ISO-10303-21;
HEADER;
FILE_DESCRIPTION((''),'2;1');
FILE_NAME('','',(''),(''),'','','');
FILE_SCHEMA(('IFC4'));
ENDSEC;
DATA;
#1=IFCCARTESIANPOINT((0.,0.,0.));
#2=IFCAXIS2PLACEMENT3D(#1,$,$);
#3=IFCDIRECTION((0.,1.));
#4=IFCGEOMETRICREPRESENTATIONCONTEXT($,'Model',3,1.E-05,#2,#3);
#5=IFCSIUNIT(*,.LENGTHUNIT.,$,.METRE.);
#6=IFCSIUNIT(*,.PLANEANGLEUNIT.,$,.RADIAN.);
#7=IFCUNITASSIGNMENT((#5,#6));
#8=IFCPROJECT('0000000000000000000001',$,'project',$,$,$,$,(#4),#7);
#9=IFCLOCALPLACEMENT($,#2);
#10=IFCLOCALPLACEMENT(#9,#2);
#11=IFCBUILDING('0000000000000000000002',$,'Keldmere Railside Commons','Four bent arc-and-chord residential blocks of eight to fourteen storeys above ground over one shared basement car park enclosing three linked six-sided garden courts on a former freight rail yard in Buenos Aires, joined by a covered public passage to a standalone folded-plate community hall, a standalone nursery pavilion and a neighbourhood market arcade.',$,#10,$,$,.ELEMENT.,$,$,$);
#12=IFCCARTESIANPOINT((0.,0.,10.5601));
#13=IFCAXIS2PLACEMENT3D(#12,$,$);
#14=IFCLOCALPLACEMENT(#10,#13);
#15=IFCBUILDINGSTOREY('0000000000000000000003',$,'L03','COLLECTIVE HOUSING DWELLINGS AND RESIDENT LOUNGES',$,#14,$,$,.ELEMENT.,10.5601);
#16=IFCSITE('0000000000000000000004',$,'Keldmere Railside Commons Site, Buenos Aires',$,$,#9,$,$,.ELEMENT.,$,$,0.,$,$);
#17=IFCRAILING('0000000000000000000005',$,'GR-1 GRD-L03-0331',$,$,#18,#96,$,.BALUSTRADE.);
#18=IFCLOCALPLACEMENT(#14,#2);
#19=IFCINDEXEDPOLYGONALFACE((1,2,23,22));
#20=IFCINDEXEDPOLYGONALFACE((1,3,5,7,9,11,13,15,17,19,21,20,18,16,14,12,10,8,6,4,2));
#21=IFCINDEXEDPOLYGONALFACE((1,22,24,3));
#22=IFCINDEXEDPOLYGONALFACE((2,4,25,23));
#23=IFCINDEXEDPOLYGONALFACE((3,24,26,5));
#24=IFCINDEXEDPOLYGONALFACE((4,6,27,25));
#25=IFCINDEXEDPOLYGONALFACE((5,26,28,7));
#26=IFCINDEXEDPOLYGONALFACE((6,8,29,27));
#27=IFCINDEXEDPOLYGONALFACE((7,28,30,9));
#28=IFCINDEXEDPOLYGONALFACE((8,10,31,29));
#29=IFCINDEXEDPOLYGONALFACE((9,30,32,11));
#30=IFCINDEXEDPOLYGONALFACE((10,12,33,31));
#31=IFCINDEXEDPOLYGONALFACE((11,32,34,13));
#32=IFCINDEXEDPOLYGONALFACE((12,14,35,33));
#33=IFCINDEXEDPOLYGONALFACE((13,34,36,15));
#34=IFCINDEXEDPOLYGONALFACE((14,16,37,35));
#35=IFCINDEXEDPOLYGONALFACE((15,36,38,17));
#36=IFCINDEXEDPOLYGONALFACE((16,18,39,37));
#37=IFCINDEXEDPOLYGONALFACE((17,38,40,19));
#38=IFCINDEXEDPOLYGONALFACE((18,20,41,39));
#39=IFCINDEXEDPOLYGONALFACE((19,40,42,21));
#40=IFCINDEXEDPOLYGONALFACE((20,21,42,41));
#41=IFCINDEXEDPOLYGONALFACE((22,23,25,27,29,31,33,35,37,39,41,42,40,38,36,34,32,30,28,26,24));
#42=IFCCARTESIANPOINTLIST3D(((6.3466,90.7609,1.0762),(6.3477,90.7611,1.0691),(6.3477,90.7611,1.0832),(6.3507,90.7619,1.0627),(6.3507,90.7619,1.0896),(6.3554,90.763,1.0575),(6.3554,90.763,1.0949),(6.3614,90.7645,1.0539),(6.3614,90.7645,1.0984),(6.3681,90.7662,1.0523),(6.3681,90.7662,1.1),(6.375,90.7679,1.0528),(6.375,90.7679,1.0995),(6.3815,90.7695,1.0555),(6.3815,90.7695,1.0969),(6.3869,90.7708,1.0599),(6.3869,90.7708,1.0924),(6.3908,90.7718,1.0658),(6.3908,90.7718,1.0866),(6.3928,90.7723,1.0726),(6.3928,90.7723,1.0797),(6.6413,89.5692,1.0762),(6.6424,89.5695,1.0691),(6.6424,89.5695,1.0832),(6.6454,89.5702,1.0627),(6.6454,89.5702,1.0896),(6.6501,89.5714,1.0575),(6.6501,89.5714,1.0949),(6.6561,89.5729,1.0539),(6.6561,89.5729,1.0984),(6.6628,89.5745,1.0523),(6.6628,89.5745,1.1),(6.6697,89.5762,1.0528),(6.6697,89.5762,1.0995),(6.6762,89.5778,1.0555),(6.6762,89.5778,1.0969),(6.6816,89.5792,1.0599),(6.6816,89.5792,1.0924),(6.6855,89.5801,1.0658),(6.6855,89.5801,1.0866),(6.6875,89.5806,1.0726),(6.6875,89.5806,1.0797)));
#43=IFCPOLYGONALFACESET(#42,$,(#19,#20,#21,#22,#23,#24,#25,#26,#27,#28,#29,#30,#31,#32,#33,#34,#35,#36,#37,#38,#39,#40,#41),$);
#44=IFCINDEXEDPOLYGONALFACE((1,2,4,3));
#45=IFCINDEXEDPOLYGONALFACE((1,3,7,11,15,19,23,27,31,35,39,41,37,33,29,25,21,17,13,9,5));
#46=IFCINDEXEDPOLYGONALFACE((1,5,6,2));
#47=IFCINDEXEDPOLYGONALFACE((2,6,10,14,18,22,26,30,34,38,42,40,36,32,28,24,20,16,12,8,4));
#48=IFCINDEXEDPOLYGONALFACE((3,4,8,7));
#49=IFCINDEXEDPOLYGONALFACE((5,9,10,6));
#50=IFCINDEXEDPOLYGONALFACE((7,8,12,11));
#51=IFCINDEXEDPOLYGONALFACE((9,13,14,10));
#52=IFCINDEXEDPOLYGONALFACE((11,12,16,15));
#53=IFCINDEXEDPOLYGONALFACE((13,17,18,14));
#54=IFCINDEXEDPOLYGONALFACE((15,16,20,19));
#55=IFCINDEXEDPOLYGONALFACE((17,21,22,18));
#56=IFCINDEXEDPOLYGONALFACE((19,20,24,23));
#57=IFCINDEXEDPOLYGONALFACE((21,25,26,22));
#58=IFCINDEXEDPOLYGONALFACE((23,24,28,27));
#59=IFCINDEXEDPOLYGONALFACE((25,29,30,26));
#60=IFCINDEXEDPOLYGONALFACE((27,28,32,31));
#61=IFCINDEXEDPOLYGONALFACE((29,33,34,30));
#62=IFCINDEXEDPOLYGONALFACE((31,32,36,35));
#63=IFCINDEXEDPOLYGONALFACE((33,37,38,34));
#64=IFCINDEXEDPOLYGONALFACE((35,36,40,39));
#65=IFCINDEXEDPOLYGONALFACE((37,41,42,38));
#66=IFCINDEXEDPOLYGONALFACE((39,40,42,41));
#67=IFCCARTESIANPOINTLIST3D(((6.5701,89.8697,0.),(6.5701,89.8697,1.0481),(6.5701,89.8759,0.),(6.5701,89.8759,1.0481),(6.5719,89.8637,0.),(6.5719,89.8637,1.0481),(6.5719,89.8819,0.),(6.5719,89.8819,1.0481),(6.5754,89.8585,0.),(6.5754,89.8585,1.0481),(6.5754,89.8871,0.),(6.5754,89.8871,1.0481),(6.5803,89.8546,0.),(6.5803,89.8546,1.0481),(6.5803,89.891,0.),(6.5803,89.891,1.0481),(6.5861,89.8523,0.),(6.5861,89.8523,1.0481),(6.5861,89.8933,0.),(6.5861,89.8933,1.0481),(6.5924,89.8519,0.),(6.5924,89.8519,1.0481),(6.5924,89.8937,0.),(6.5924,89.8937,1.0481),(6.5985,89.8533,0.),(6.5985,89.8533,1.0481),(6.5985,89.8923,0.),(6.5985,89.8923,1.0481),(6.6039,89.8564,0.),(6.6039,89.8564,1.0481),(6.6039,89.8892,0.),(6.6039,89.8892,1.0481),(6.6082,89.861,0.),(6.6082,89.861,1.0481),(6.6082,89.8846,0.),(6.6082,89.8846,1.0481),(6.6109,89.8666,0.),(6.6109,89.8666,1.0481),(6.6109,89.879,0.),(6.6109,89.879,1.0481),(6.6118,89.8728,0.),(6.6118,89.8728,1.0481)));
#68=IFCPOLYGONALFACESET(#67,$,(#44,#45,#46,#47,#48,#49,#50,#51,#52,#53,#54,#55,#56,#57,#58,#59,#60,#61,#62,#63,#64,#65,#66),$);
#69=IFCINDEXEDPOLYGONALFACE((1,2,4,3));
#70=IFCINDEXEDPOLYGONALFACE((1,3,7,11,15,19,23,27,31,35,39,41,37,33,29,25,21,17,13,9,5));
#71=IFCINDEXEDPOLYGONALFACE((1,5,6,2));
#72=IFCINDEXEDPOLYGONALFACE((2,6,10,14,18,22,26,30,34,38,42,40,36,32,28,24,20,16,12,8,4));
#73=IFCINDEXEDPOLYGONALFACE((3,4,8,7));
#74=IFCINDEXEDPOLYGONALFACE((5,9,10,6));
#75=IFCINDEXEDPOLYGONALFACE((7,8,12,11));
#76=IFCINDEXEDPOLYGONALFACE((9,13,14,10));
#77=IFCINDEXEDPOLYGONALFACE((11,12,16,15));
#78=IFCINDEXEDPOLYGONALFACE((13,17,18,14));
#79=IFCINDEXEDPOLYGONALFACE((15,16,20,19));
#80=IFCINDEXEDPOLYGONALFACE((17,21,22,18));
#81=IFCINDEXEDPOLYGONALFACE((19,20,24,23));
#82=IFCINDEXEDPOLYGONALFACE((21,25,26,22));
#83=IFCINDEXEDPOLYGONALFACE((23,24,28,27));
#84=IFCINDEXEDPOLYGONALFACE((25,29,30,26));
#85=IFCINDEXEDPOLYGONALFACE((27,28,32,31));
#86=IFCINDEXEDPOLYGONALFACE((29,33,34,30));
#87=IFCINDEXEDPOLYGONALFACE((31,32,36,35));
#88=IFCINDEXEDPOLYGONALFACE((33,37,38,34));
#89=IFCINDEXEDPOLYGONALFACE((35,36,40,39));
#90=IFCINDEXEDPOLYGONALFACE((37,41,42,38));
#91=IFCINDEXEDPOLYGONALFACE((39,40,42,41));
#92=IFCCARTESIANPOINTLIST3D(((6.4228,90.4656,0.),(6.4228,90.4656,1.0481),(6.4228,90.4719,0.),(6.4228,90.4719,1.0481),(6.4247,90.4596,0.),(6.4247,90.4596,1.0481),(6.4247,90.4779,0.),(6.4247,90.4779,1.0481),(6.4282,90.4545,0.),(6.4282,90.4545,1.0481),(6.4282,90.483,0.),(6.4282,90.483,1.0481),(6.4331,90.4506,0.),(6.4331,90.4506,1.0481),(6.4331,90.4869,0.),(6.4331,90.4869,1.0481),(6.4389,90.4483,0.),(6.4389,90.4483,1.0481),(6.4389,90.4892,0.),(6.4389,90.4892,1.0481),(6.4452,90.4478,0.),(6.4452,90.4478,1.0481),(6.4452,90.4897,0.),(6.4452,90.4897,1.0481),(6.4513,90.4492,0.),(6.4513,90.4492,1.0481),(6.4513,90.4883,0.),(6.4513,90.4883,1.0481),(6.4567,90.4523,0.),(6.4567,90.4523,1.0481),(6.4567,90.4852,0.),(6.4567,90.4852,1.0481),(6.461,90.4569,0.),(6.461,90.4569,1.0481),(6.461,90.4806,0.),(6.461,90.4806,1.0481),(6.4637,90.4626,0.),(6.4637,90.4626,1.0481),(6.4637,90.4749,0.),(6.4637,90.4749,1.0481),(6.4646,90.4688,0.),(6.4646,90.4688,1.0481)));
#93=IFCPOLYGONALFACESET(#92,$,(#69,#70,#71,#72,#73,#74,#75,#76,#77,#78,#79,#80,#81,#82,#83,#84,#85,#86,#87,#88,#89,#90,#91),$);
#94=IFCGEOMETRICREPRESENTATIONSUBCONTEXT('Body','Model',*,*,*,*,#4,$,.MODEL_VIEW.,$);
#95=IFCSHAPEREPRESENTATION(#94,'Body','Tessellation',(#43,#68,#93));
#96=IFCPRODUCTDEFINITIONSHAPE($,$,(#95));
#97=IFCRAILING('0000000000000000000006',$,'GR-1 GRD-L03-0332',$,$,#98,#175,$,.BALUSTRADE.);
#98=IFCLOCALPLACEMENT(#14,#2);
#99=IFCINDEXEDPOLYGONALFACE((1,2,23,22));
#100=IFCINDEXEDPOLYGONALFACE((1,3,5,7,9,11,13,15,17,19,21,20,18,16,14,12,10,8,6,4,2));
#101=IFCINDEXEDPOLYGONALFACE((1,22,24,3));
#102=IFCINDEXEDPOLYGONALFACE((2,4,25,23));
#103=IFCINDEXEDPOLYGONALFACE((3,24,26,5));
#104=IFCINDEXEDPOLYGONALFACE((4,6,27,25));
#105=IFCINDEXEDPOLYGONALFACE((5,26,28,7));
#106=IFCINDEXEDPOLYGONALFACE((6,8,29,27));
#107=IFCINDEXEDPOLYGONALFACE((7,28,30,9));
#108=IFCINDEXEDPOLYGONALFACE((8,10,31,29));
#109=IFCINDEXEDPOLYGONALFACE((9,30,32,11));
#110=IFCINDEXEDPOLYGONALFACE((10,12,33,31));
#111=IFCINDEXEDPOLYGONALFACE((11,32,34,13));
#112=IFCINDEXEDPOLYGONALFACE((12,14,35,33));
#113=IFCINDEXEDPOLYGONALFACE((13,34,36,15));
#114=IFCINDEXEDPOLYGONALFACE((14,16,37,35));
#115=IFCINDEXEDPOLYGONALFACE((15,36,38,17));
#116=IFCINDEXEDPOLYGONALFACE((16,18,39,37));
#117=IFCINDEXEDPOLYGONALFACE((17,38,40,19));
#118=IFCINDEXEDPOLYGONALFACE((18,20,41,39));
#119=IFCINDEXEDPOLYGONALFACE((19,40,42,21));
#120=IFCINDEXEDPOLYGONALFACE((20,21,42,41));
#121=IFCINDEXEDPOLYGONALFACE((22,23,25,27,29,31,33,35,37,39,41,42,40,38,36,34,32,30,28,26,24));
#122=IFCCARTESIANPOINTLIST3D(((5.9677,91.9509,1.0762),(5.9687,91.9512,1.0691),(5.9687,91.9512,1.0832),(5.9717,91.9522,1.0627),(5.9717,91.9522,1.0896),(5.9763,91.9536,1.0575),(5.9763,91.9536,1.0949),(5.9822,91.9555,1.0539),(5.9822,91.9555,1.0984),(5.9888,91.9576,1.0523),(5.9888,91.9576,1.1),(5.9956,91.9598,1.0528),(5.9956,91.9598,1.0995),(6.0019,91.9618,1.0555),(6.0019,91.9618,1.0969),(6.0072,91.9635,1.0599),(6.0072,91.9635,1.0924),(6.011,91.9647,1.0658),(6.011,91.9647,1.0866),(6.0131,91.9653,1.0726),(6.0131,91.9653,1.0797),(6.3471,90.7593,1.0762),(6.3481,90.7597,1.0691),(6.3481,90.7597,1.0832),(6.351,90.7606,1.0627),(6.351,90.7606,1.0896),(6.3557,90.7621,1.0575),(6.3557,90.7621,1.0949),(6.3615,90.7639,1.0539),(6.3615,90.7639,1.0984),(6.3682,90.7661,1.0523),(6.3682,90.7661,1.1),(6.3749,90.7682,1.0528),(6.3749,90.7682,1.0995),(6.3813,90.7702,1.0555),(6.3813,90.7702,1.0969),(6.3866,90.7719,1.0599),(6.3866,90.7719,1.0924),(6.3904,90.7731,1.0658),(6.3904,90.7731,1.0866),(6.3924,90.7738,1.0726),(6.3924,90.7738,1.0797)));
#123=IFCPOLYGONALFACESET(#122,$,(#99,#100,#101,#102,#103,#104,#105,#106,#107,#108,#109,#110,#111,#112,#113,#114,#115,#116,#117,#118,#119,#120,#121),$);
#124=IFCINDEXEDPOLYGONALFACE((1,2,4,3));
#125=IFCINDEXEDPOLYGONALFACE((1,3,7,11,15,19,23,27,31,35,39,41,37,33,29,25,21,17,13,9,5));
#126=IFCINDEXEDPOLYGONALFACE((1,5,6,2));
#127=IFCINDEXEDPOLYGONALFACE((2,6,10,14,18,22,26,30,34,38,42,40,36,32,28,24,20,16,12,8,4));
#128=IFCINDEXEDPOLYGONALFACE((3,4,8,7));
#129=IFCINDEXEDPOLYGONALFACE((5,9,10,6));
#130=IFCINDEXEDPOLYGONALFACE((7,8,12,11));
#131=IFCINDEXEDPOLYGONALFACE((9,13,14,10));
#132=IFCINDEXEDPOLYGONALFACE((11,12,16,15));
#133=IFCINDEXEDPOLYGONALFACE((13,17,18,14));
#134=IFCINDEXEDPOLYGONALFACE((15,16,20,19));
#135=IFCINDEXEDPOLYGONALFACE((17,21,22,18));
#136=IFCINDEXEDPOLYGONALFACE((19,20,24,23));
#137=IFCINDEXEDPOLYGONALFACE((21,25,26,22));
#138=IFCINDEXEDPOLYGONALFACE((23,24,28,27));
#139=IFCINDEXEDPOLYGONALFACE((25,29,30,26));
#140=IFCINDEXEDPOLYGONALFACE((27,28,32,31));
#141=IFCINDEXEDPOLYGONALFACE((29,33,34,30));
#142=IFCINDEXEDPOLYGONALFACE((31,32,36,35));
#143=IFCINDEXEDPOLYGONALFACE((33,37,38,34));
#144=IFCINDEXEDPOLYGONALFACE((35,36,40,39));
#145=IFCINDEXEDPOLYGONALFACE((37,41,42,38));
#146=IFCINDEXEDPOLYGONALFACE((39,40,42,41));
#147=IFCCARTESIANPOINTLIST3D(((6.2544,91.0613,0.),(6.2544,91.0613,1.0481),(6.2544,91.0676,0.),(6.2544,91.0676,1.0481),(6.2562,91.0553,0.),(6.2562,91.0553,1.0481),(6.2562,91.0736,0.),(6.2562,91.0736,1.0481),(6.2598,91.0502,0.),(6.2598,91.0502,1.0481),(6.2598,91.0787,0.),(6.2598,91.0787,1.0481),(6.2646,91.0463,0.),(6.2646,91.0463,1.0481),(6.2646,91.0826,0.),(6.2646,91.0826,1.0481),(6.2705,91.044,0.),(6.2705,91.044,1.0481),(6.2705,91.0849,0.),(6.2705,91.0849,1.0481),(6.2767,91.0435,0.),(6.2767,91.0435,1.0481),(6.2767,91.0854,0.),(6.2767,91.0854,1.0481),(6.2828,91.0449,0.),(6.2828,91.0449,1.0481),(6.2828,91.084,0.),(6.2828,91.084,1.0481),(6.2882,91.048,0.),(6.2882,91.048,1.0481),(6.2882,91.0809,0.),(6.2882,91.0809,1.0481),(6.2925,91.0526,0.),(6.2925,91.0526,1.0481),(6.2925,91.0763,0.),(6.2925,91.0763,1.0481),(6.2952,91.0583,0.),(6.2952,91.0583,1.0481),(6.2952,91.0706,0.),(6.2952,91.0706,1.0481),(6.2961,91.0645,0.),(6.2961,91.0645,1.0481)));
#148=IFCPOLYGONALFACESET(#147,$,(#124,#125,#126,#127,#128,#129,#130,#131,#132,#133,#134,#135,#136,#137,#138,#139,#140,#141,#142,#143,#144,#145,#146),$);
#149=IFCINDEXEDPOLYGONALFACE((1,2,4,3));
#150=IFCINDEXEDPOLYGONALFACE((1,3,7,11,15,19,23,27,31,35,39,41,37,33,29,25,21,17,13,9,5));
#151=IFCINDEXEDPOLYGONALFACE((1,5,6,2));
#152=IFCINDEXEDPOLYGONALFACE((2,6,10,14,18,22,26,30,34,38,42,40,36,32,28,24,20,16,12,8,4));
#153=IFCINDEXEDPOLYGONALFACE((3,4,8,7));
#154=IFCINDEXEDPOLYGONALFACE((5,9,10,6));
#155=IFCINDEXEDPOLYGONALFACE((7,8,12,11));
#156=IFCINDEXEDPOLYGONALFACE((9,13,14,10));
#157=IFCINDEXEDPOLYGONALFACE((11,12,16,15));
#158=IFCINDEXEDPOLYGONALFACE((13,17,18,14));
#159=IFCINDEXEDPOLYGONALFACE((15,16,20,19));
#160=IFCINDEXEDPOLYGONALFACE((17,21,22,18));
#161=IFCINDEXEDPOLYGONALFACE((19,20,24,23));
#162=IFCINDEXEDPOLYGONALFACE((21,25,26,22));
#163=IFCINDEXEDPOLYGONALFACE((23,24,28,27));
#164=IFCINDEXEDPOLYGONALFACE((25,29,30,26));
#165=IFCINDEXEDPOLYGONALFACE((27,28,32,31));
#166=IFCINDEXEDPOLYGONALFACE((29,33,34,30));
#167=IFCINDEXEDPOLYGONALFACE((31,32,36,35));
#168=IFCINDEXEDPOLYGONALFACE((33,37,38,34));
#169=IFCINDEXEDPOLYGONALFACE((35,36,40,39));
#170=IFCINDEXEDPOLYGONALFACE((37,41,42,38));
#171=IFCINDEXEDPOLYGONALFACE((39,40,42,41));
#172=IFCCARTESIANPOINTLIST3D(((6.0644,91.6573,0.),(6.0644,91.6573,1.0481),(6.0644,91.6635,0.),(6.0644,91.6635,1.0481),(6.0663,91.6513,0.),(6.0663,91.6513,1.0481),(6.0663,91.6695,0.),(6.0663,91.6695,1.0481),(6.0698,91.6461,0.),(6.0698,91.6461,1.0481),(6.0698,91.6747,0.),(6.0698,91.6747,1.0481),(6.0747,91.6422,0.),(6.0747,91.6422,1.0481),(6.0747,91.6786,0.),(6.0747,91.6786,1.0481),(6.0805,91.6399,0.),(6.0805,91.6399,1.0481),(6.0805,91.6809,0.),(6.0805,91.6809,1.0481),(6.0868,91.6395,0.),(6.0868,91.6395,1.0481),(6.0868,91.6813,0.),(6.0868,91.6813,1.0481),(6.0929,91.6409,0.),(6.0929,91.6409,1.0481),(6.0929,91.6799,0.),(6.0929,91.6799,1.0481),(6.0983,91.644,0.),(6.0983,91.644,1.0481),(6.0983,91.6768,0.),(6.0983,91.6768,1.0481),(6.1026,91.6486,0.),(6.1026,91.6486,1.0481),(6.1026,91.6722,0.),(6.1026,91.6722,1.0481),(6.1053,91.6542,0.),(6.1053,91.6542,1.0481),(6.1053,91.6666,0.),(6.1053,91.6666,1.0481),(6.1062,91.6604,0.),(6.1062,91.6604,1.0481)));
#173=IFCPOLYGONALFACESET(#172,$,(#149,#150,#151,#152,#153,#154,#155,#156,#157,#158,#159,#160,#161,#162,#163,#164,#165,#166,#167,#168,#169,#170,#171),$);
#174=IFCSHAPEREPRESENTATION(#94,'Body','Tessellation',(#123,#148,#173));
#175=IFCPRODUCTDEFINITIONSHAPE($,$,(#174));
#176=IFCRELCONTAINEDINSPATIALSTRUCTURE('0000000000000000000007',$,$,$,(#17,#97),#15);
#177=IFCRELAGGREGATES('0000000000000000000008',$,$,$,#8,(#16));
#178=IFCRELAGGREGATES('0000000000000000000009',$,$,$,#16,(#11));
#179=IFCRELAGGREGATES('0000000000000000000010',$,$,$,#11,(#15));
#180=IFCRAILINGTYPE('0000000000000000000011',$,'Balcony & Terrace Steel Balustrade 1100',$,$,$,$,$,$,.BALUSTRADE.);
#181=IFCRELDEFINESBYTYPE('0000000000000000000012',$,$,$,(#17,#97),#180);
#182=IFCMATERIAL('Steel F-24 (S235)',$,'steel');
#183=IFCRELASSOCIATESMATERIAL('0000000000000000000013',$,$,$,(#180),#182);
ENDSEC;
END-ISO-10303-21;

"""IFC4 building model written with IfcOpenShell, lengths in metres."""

from ifc_helpers import new_model, si_unit, direction, frame, origin, origin_2d, place, context, subcontext, project, spatial, circle, extrude, material, type_object, element, save


model = new_model("IFC4")

# Units and contexts
model_context = context("Model", 3, precision=1e-05, world=origin(), true_north=direction((0.0, 1.0)))
body_context = subcontext(model_context, "Body", "Model", "MODEL_VIEW")
ifc_project = project(units=[si_unit("LENGTHUNIT", "METRE"), si_unit("PLANEANGLEUNIT", "RADIAN")], contexts=[model_context])

# Site, building, storey
site_placement = place(None, origin())
site = spatial("IfcSite", under=ifc_project, at=site_placement, Name="Keldmere Railside Commons Site, Buenos Aires", CompositionType="ELEMENT", RefElevation=0.0)
building_placement = place(site_placement, origin())
building = spatial("IfcBuilding", under=site, at=building_placement, Name="Keldmere Railside Commons", Description="Four bent arc-and-chord residential blocks of eight to fourteen storeys above ground over one shared basement car park enclosing three linked six-sided garden courts on a former freight rail yard in Buenos Aires, joined by a covered public passage to a standalone folded-plate community hall, a standalone nursery pavilion and a neighbourhood market arcade.", CompositionType="ELEMENT")
storey_placement = place(building_placement, frame((0.0, 0.0, 10.5601)))
storey = spatial("IfcBuildingStorey", under=building, at=storey_placement, Name="L03", Description="COLLECTIVE HOUSING DWELLINGS AND RESIDENT LOUNGES", CompositionType="ELEMENT", Elevation=10.5601)

# Railings
ifc_material_1 = material(Name="Steel F-24 (S235)", Category="steel")
railing_type = type_object("IfcRailingType", Name="Balcony & Terrace Steel Balustrade 1100", PredefinedType="BALUSTRADE", material=ifc_material_1)
railing_1_placement = place(storey_placement, frame((6.6646, 89.575, 0.0)))
element("IfcRailing", 1, at=railing_1_placement, inside=storey, type_object=railing_type, Name="GR-1 GRD-L03-0331", PredefinedType="BALUSTRADE", context=body_context, shape_type="SweptSolid", body=[
    extrude(circle(Radius=0.0239, at=origin_2d()), frame((0.0, 0.0, 1.0762), z_axis=(-0.240055, 0.970759, 0.0), x_axis=(-0.970759, -0.240055, 0.0)), (0.0, 0.0, 1.0), 1.2275),
    extrude(circle(Radius=0.021, at=origin_2d()), frame((-0.0737, 0.2979, 0.0)), (0.0, 0.0, 1.0), 1.0481),
    extrude(circle(Radius=0.021, at=origin_2d()), frame((-0.2209, 0.8938, 0.0)), (0.0, 0.0, 1.0), 1.0481),
])
railing_2_placement = place(storey_placement, frame((6.3699, 90.7666, 0.0)))
element("IfcRailing", 2, at=railing_2_placement, inside=storey, type_object=railing_type, Name="GR-1 GRD-L03-0332", PredefinedType="BALUSTRADE", context=body_context, shape_type="SweptSolid", body=[
    extrude(circle(Radius=0.0239, at=origin_2d()), frame((0.0, 0.0, 1.0762), z_axis=(-0.303373, 0.952872, 0.0), x_axis=(-0.952872, -0.303373, 0.0)), (0.0, 0.0, 1.0), 1.2505),
    extrude(circle(Radius=0.021, at=origin_2d()), frame((-0.0947, 0.2979, 0.0)), (0.0, 0.0, 1.0), 1.0481),
    extrude(circle(Radius=0.021, at=origin_2d()), frame((-0.2847, 0.8938, 0.0)), (0.0, 0.0, 1.0), 1.0481),
])

save(model, "model.ifc")
